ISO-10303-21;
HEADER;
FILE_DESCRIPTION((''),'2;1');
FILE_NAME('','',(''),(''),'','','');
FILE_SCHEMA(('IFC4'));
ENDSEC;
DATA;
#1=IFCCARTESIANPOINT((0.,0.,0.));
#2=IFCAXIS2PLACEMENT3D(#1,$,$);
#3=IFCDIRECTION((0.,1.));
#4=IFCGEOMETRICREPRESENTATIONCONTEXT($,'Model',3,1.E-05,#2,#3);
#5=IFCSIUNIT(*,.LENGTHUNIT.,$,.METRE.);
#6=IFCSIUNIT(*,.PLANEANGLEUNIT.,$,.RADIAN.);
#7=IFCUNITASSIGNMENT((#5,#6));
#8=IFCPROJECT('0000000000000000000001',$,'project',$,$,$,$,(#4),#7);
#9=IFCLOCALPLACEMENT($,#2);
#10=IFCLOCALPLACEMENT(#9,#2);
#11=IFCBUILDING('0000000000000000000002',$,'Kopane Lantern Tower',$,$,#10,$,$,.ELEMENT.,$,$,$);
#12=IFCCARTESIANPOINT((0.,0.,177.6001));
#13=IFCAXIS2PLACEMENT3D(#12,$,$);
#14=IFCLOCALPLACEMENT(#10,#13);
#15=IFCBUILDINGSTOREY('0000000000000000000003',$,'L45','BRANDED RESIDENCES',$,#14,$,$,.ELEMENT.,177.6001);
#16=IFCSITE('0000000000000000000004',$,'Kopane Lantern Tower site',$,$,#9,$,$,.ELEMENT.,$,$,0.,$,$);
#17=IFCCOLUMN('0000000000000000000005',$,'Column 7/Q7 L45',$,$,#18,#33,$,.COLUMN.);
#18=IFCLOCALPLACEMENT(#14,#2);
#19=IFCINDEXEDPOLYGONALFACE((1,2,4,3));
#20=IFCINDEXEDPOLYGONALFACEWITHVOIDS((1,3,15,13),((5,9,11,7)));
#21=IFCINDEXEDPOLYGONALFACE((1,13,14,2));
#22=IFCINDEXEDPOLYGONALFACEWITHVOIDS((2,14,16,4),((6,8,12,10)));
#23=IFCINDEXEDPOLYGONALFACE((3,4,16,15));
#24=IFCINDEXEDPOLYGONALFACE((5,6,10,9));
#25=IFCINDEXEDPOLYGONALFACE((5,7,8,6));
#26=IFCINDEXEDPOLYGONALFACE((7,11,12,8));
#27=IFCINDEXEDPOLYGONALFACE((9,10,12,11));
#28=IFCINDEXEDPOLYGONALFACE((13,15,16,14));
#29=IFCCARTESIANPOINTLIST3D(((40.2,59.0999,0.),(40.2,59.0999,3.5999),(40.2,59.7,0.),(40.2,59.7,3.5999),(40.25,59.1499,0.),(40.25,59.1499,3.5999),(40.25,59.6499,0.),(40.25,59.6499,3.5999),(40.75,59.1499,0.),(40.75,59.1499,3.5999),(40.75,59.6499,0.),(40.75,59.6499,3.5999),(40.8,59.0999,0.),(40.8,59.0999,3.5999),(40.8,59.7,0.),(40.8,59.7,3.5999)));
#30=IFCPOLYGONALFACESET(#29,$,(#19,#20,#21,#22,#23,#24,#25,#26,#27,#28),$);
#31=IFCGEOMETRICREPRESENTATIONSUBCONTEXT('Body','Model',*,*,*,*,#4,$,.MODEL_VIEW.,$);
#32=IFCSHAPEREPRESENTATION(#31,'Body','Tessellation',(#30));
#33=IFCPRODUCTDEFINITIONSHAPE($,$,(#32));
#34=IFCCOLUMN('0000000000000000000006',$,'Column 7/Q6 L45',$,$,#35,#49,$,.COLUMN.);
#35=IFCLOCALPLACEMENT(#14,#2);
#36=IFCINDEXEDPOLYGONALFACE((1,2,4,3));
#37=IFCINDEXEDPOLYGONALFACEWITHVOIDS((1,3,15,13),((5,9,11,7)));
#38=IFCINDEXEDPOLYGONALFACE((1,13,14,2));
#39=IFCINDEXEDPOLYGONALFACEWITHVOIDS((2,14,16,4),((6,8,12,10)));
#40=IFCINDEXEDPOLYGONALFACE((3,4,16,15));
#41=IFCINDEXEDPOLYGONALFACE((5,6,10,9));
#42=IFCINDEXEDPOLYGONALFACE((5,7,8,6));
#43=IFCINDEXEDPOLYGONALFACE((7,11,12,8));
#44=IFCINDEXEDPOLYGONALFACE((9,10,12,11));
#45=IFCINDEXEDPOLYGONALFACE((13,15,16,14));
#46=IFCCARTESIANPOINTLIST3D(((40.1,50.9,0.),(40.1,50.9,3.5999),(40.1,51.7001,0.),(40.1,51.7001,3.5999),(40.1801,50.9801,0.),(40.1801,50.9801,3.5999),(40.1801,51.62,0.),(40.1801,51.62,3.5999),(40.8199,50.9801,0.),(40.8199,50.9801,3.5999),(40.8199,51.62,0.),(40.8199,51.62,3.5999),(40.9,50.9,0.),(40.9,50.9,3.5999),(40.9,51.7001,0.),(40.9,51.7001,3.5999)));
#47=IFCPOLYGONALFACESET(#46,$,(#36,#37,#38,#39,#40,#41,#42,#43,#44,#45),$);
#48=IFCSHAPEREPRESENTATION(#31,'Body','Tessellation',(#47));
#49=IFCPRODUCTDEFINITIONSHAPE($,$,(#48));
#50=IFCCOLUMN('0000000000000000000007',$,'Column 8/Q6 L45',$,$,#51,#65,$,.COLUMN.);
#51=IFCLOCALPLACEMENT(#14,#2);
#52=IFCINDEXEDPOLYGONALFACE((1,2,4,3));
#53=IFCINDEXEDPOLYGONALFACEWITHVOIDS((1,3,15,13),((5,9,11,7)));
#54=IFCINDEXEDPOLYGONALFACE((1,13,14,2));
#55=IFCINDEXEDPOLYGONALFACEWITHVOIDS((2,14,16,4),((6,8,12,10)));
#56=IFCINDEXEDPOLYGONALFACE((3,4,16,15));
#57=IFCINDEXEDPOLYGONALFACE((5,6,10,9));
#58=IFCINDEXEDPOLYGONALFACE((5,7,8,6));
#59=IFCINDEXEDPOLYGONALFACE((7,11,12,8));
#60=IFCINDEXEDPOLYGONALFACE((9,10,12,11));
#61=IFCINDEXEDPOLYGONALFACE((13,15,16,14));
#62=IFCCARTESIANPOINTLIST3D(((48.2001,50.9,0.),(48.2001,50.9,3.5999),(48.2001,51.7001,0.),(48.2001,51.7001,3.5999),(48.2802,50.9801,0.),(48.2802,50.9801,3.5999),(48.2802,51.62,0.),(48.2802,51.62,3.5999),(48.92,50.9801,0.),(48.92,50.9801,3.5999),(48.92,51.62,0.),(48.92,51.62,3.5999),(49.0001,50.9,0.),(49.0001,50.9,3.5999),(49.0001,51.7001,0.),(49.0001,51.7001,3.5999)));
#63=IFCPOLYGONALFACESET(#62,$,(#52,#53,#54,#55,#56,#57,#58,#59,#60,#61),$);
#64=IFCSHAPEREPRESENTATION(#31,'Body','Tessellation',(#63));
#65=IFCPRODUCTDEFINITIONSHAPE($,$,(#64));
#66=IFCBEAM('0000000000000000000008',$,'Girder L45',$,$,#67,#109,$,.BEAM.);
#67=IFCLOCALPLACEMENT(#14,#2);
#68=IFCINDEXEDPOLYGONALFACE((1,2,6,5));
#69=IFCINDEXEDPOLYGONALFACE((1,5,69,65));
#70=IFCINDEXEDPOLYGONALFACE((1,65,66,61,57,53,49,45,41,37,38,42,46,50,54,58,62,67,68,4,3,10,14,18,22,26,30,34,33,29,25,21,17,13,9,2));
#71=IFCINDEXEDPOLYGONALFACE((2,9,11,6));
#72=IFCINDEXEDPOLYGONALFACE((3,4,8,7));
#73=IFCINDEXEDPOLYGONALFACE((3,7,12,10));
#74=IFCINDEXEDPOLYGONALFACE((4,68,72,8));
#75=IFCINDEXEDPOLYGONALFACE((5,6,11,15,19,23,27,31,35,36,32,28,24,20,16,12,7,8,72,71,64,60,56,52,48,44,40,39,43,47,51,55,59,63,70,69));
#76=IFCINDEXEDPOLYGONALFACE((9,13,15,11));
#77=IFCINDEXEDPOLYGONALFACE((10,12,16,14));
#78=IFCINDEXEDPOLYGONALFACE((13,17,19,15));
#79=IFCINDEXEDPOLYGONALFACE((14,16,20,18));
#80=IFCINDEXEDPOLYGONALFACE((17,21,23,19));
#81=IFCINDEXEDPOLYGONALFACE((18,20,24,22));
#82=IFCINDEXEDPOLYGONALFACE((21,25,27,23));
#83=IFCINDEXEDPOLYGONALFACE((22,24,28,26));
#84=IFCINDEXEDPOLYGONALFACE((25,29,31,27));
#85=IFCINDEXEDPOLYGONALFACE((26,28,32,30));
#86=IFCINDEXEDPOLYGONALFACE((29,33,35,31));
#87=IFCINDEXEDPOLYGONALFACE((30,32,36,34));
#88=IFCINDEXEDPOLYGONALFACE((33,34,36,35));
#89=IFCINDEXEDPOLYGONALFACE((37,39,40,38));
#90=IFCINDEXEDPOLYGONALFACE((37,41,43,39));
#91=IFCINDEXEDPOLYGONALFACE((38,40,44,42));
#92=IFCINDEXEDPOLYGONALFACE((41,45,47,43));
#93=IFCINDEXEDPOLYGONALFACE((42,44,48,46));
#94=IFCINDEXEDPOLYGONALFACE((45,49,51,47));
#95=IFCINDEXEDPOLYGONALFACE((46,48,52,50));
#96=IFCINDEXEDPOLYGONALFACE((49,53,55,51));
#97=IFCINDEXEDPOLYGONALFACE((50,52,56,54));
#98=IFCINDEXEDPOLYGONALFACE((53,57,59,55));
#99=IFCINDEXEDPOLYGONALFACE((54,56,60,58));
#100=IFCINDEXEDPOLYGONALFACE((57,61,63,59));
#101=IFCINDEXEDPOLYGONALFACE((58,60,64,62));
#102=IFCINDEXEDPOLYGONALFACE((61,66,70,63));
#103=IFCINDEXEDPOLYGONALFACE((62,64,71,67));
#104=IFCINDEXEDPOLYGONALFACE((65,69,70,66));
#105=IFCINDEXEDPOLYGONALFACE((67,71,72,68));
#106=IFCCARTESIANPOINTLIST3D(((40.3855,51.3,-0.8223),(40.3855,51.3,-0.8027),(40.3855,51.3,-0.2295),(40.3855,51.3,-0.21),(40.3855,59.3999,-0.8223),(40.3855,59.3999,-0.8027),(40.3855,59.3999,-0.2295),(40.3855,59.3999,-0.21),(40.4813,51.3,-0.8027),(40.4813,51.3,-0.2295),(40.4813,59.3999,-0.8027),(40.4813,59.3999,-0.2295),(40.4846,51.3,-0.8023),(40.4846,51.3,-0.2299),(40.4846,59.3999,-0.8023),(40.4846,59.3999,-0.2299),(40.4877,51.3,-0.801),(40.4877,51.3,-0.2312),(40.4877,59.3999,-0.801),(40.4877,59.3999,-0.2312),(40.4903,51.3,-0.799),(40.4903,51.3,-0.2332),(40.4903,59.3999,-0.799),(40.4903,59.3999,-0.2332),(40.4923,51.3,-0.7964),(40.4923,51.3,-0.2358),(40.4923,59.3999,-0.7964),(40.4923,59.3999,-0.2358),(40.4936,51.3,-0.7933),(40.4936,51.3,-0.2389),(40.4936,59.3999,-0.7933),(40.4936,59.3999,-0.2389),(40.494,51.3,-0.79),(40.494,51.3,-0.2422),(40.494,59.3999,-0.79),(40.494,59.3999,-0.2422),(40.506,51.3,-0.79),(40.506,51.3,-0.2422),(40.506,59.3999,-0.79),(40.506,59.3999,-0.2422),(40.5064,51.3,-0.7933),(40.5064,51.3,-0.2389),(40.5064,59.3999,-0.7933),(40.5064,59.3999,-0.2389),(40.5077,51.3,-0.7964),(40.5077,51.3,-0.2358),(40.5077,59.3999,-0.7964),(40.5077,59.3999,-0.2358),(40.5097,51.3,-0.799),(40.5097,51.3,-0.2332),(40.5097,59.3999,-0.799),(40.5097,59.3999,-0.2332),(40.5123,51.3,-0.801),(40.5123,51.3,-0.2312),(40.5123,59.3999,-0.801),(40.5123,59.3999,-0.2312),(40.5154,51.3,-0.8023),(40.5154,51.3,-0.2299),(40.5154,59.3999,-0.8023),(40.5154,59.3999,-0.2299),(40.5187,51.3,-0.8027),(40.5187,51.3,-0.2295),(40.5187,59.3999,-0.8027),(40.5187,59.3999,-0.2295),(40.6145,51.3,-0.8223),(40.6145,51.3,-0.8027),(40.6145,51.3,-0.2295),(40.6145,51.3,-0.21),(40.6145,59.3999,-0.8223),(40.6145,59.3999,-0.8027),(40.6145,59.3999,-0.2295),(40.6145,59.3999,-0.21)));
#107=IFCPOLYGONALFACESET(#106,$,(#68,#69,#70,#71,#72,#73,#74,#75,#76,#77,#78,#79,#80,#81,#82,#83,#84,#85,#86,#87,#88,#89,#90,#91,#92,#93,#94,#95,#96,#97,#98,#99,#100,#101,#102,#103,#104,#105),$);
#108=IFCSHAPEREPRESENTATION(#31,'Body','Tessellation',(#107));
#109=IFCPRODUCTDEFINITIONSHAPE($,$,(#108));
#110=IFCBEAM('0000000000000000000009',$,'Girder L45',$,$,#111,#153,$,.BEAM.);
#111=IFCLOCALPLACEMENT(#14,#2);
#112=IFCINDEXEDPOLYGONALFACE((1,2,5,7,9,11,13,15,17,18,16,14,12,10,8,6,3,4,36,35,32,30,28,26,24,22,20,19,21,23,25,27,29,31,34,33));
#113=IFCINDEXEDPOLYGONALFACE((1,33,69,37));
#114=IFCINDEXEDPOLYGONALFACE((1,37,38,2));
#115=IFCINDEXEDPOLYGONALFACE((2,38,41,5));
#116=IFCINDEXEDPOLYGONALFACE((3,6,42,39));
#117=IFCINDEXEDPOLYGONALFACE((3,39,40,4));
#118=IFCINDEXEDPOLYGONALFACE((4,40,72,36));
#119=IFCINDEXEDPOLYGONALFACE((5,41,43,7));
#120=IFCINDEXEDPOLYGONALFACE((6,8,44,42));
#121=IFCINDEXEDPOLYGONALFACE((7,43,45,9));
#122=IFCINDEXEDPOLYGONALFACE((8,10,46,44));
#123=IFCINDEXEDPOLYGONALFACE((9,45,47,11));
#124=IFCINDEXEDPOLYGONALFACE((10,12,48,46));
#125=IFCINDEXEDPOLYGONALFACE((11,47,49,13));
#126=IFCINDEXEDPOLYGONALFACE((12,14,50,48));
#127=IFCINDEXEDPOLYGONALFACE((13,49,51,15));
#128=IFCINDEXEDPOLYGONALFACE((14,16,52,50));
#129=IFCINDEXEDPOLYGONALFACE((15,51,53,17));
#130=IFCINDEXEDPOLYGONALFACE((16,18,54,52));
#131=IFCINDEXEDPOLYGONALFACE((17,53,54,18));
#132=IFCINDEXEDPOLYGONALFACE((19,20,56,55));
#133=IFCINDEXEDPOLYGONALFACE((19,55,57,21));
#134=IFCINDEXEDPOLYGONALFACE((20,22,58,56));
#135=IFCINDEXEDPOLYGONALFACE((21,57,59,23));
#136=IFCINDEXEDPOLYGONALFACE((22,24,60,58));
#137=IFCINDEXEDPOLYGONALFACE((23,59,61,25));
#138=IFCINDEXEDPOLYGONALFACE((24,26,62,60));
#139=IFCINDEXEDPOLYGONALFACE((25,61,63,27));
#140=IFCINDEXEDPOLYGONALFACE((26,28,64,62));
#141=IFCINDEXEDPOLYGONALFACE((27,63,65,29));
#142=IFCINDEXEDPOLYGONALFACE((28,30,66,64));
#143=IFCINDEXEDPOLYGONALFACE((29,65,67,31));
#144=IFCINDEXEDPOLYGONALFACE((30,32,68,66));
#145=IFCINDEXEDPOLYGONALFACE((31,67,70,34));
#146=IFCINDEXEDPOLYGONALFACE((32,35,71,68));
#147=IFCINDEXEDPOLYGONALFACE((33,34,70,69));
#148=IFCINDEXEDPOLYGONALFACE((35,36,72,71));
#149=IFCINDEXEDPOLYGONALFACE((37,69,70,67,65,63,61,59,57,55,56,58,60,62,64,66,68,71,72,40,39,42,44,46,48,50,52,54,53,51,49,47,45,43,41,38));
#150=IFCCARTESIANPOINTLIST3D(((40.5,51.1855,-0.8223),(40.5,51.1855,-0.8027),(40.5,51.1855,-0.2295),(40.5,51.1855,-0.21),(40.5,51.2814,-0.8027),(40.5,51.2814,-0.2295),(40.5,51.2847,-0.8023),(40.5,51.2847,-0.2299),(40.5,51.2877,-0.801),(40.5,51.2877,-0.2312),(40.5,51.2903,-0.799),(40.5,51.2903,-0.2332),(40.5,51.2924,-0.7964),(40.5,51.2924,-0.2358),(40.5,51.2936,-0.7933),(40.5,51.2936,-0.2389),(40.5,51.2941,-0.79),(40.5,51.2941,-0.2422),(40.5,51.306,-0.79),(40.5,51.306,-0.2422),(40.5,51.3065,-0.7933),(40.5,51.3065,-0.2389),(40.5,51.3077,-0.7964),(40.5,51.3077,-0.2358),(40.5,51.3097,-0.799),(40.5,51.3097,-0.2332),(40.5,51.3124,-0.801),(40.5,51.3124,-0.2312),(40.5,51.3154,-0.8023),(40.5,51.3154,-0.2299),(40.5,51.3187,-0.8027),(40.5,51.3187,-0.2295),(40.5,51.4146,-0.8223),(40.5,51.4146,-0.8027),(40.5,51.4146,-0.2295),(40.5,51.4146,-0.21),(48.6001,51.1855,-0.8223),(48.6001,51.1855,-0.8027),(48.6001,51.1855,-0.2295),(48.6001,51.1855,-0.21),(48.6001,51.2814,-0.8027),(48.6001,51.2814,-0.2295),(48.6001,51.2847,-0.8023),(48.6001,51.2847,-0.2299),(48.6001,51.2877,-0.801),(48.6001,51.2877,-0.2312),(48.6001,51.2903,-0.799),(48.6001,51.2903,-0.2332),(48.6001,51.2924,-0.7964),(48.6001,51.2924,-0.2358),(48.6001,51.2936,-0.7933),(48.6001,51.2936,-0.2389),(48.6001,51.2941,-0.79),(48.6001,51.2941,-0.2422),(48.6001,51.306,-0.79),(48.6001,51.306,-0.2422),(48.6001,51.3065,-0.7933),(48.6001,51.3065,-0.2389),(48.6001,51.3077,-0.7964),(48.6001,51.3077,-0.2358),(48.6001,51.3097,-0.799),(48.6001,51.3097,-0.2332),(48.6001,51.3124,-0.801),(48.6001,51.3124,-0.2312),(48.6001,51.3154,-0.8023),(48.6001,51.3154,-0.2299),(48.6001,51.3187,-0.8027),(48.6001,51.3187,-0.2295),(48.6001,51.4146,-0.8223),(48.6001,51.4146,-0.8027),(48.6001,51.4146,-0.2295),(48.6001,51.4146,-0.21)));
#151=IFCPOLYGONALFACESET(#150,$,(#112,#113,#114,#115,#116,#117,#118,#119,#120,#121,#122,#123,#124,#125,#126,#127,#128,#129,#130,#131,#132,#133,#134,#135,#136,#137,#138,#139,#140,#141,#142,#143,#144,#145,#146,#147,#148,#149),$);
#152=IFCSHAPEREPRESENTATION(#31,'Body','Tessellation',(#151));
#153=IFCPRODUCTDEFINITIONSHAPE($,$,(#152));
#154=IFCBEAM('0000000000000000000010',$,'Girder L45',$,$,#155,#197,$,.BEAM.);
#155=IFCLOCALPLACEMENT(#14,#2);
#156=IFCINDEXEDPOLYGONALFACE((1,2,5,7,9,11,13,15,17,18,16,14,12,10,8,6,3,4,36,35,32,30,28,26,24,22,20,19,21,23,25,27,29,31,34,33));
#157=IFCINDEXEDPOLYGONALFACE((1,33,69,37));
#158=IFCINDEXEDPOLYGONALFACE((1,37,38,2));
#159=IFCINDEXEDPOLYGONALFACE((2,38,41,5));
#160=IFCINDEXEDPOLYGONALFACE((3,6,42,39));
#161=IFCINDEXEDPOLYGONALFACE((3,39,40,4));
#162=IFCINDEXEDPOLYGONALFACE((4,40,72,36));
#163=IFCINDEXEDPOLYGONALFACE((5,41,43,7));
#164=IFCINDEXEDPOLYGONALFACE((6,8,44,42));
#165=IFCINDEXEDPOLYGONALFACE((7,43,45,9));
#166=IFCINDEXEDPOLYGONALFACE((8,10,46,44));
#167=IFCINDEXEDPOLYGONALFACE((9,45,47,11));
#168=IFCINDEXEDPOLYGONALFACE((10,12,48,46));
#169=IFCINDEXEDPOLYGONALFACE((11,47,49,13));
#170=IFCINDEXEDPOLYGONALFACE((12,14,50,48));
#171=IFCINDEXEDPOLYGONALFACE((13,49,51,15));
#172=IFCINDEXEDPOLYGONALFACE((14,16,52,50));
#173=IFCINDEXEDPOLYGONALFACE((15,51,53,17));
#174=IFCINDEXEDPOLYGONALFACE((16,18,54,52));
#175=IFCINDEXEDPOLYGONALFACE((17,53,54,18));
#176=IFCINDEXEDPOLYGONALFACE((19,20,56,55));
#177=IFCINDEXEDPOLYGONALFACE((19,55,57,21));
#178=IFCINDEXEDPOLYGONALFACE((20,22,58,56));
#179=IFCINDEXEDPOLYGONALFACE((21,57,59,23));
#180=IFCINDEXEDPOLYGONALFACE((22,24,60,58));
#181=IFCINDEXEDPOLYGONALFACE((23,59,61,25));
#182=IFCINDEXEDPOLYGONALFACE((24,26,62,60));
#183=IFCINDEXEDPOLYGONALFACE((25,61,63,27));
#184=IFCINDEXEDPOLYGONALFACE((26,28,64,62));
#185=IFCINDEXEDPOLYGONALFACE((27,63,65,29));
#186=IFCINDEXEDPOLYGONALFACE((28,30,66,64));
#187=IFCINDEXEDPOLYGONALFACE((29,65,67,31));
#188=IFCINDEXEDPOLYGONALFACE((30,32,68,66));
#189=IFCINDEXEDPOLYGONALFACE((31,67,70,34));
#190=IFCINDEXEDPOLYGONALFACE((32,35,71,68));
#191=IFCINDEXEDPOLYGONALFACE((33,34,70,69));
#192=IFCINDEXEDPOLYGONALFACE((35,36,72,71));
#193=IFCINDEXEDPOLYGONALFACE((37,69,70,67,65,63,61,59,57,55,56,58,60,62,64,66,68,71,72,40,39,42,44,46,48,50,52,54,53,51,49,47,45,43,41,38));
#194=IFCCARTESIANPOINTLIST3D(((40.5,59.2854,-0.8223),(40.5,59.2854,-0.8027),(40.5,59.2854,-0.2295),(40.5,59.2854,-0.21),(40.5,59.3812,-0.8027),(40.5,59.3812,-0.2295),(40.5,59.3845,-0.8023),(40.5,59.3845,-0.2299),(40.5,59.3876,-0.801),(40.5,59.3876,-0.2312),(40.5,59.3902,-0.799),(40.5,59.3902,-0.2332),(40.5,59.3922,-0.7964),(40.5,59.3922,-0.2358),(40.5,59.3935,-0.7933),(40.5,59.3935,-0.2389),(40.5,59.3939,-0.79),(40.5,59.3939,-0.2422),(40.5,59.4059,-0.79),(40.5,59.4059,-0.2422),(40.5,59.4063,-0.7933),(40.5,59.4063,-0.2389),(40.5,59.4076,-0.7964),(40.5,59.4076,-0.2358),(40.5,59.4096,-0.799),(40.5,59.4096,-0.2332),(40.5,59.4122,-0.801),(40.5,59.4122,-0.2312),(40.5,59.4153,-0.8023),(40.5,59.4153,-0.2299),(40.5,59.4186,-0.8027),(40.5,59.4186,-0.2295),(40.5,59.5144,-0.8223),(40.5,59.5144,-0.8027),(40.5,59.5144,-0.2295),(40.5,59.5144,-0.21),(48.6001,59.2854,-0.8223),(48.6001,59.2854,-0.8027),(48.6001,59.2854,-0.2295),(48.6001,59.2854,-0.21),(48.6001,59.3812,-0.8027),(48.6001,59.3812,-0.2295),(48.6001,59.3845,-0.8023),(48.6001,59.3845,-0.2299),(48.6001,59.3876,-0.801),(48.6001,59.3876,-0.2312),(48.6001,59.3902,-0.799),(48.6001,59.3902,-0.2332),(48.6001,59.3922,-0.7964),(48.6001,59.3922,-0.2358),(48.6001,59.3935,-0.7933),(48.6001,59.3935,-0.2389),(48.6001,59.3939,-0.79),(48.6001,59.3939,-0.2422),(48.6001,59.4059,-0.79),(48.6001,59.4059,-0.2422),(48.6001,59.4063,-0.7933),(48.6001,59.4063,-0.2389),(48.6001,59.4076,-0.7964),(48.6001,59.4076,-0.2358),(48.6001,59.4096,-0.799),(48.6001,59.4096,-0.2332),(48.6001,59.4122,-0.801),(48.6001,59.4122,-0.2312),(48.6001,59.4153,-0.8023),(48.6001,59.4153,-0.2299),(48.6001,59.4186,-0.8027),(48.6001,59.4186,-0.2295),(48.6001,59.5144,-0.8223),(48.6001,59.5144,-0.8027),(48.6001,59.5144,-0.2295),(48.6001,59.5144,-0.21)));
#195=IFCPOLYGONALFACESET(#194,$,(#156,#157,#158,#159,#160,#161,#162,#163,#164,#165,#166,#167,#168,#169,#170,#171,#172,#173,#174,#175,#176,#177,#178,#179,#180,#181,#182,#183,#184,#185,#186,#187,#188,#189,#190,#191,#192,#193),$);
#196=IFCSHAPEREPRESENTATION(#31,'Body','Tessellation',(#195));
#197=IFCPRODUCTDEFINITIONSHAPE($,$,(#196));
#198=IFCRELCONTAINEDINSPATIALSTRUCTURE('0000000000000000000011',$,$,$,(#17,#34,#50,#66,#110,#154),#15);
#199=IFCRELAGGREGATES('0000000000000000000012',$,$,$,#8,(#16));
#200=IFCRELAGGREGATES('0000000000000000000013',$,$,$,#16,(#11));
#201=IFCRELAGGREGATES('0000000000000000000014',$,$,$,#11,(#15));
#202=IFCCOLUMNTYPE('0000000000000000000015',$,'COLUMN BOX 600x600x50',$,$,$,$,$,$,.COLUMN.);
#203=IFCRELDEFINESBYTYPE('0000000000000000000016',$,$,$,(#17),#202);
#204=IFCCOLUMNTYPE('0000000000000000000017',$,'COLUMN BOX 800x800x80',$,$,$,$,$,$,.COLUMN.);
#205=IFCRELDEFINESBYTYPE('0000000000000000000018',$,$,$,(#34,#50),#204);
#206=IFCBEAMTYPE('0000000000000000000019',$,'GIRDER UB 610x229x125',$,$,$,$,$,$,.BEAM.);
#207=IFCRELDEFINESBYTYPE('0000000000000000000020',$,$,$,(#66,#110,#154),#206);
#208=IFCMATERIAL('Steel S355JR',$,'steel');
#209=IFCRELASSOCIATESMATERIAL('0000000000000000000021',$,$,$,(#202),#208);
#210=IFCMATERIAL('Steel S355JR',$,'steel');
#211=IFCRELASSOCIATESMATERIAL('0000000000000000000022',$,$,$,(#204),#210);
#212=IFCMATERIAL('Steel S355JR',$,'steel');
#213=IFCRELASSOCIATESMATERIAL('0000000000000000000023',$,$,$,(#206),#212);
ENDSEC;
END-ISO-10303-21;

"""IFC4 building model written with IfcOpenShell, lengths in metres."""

from ifc_helpers import new_model, si_unit, direction, frame, origin, origin_2d, place, context, subcontext, project, spatial, hollow_rectangle, i_section, extrude, material, material_profile, profile_set, type_object, element, save


model = new_model("IFC4")

# Units and contexts
model_context = context("Model", 3, precision=1e-05, world=origin(), true_north=direction((0.0, 1.0)))
body_context = subcontext(model_context, "Body", "Model", "MODEL_VIEW")
ifc_project = project(units=[si_unit("LENGTHUNIT", "METRE"), si_unit("PLANEANGLEUNIT", "RADIAN")], contexts=[model_context])

# Site, building, storey
site_placement = place(None, origin())
site = spatial("IfcSite", under=ifc_project, at=site_placement, Name="Kopane Lantern Tower site", CompositionType="ELEMENT", RefElevation=0.0)
building_placement = place(site_placement, origin())
building = spatial("IfcBuilding", under=site, at=building_placement, Name="Kopane Lantern Tower", CompositionType="ELEMENT")
storey_placement = place(building_placement, frame((0.0, 0.0, 177.6001)))
storey = spatial("IfcBuildingStorey", under=building, at=storey_placement, Name="L45", Description="BRANDED RESIDENCES", CompositionType="ELEMENT", Elevation=177.6001)

# Columns
ifc_material_1 = material(Name="Steel S355JR", Category="steel")
ifc_material_profile_1 = material_profile(ifc_material_1, hollow_rectangle(XDim=0.6001, YDim=0.6001, WallThickness=0.05, at=origin_2d()), Name="BOX 600x600x50")
ifc_profile_set_1 = profile_set([ifc_material_profile_1], Name="Steel S355JR")
column_type_1 = type_object("IfcColumnType", Name="COLUMN BOX 600x600x50", PredefinedType="COLUMN", material=ifc_profile_set_1)
column_placement = place(storey_placement, frame((40.5, 59.3999, 0.0), z_axis=(0.0, 0.0, 1.0), x_axis=(1.0, 0.0, 0.0)))
element("IfcColumn", 1, at=column_placement, inside=storey, type_object=column_type_1, Name="Column 7/Q7 L45", PredefinedType="COLUMN", context=body_context, shape_type="SweptSolid", body=[
    extrude(hollow_rectangle(XDim=0.6001, YDim=0.6001, WallThickness=0.05, at=origin_2d()), origin(), (0.0, 0.0, 1.0), 3.5999),
])
ifc_material_2 = material(Name="Steel S355JR", Category="steel")
ifc_material_profile_2 = material_profile(ifc_material_2, hollow_rectangle(XDim=0.8, YDim=0.8, WallThickness=0.0801, at=origin_2d()), Name="BOX 800x800x80")
ifc_profile_set_2 = profile_set([ifc_material_profile_2], Name="Steel S355JR")
column_type_2 = type_object("IfcColumnType", Name="COLUMN BOX 800x800x80", PredefinedType="COLUMN", material=ifc_profile_set_2)
for number, where, z_axis, x_axis, name in (
    (2, (40.5, 51.3, 0.0), (0.0, 0.0, 1.0), (1.0, 0.0, 0.0), "Column 7/Q6 L45"),
    (3, (48.6001, 51.3, 0.0), (0.0, 0.0, 1.0), (1.0, 0.0, 0.0), "Column 8/Q6 L45"),
):
    element("IfcColumn", number, at=place(storey_placement, frame(where, z_axis=z_axis, x_axis=x_axis)), inside=storey, type_object=column_type_2, Name=name, PredefinedType="COLUMN", context=body_context, shape_type="SweptSolid", body=[
        extrude(hollow_rectangle(XDim=0.8, YDim=0.8, WallThickness=0.0801, at=origin_2d()), origin(), (0.0, 0.0, 1.0), 3.5999),
    ])

# Beams
ifc_material_3 = material(Name="Steel S355JR", Category="steel")
ifc_material_profile_3 = material_profile(ifc_material_3, i_section(OverallWidth=0.229, OverallDepth=0.6123, WebThickness=0.012, FlangeThickness=0.0195, FilletRadius=0.0127, at=origin_2d()), Name="UB 610x229x125")
ifc_profile_set_3 = profile_set([ifc_material_profile_3], Name="Steel S355JR")
beam_type = type_object("IfcBeamType", Name="GIRDER UB 610x229x125", PredefinedType="BEAM", material=ifc_profile_set_3)
beam_placement = place(storey_placement, frame((40.5, 51.3, -0.5161), z_axis=(0.0, 1.0, 0.0), x_axis=(-1.0, 0.0, 0.0)))
element("IfcBeam", 4, at=beam_placement, inside=storey, type_object=beam_type, Name="Girder L45", PredefinedType="BEAM", context=body_context, shape_type="SweptSolid", body=[
    extrude(i_section(OverallWidth=0.229, OverallDepth=0.6123, WebThickness=0.012, FlangeThickness=0.0195, FilletRadius=0.0127, at=origin_2d()), origin(), (0.0, 0.0, 1.0), 8.0999),
])
for number, where, z_axis, x_axis, name in (
    (5, (40.5, 51.3, -0.5161), (1.0, 0.0, 0.0), (0.0, 1.0, 0.0), "Girder L45"),
    (6, (40.5, 59.3999, -0.5161), (1.0, 0.0, 0.0), (0.0, 1.0, 0.0), "Girder L45"),
):
    element("IfcBeam", number, at=place(storey_placement, frame(where, z_axis=z_axis, x_axis=x_axis)), inside=storey, type_object=beam_type, Name=name, PredefinedType="BEAM", context=body_context, shape_type="SweptSolid", body=[
        extrude(i_section(OverallWidth=0.229, OverallDepth=0.6123, WebThickness=0.012, FlangeThickness=0.0195, FilletRadius=0.0127, at=origin_2d()), origin(), (0.0, 0.0, 1.0), 8.1001),
    ])

save(model, "model.ifc")
